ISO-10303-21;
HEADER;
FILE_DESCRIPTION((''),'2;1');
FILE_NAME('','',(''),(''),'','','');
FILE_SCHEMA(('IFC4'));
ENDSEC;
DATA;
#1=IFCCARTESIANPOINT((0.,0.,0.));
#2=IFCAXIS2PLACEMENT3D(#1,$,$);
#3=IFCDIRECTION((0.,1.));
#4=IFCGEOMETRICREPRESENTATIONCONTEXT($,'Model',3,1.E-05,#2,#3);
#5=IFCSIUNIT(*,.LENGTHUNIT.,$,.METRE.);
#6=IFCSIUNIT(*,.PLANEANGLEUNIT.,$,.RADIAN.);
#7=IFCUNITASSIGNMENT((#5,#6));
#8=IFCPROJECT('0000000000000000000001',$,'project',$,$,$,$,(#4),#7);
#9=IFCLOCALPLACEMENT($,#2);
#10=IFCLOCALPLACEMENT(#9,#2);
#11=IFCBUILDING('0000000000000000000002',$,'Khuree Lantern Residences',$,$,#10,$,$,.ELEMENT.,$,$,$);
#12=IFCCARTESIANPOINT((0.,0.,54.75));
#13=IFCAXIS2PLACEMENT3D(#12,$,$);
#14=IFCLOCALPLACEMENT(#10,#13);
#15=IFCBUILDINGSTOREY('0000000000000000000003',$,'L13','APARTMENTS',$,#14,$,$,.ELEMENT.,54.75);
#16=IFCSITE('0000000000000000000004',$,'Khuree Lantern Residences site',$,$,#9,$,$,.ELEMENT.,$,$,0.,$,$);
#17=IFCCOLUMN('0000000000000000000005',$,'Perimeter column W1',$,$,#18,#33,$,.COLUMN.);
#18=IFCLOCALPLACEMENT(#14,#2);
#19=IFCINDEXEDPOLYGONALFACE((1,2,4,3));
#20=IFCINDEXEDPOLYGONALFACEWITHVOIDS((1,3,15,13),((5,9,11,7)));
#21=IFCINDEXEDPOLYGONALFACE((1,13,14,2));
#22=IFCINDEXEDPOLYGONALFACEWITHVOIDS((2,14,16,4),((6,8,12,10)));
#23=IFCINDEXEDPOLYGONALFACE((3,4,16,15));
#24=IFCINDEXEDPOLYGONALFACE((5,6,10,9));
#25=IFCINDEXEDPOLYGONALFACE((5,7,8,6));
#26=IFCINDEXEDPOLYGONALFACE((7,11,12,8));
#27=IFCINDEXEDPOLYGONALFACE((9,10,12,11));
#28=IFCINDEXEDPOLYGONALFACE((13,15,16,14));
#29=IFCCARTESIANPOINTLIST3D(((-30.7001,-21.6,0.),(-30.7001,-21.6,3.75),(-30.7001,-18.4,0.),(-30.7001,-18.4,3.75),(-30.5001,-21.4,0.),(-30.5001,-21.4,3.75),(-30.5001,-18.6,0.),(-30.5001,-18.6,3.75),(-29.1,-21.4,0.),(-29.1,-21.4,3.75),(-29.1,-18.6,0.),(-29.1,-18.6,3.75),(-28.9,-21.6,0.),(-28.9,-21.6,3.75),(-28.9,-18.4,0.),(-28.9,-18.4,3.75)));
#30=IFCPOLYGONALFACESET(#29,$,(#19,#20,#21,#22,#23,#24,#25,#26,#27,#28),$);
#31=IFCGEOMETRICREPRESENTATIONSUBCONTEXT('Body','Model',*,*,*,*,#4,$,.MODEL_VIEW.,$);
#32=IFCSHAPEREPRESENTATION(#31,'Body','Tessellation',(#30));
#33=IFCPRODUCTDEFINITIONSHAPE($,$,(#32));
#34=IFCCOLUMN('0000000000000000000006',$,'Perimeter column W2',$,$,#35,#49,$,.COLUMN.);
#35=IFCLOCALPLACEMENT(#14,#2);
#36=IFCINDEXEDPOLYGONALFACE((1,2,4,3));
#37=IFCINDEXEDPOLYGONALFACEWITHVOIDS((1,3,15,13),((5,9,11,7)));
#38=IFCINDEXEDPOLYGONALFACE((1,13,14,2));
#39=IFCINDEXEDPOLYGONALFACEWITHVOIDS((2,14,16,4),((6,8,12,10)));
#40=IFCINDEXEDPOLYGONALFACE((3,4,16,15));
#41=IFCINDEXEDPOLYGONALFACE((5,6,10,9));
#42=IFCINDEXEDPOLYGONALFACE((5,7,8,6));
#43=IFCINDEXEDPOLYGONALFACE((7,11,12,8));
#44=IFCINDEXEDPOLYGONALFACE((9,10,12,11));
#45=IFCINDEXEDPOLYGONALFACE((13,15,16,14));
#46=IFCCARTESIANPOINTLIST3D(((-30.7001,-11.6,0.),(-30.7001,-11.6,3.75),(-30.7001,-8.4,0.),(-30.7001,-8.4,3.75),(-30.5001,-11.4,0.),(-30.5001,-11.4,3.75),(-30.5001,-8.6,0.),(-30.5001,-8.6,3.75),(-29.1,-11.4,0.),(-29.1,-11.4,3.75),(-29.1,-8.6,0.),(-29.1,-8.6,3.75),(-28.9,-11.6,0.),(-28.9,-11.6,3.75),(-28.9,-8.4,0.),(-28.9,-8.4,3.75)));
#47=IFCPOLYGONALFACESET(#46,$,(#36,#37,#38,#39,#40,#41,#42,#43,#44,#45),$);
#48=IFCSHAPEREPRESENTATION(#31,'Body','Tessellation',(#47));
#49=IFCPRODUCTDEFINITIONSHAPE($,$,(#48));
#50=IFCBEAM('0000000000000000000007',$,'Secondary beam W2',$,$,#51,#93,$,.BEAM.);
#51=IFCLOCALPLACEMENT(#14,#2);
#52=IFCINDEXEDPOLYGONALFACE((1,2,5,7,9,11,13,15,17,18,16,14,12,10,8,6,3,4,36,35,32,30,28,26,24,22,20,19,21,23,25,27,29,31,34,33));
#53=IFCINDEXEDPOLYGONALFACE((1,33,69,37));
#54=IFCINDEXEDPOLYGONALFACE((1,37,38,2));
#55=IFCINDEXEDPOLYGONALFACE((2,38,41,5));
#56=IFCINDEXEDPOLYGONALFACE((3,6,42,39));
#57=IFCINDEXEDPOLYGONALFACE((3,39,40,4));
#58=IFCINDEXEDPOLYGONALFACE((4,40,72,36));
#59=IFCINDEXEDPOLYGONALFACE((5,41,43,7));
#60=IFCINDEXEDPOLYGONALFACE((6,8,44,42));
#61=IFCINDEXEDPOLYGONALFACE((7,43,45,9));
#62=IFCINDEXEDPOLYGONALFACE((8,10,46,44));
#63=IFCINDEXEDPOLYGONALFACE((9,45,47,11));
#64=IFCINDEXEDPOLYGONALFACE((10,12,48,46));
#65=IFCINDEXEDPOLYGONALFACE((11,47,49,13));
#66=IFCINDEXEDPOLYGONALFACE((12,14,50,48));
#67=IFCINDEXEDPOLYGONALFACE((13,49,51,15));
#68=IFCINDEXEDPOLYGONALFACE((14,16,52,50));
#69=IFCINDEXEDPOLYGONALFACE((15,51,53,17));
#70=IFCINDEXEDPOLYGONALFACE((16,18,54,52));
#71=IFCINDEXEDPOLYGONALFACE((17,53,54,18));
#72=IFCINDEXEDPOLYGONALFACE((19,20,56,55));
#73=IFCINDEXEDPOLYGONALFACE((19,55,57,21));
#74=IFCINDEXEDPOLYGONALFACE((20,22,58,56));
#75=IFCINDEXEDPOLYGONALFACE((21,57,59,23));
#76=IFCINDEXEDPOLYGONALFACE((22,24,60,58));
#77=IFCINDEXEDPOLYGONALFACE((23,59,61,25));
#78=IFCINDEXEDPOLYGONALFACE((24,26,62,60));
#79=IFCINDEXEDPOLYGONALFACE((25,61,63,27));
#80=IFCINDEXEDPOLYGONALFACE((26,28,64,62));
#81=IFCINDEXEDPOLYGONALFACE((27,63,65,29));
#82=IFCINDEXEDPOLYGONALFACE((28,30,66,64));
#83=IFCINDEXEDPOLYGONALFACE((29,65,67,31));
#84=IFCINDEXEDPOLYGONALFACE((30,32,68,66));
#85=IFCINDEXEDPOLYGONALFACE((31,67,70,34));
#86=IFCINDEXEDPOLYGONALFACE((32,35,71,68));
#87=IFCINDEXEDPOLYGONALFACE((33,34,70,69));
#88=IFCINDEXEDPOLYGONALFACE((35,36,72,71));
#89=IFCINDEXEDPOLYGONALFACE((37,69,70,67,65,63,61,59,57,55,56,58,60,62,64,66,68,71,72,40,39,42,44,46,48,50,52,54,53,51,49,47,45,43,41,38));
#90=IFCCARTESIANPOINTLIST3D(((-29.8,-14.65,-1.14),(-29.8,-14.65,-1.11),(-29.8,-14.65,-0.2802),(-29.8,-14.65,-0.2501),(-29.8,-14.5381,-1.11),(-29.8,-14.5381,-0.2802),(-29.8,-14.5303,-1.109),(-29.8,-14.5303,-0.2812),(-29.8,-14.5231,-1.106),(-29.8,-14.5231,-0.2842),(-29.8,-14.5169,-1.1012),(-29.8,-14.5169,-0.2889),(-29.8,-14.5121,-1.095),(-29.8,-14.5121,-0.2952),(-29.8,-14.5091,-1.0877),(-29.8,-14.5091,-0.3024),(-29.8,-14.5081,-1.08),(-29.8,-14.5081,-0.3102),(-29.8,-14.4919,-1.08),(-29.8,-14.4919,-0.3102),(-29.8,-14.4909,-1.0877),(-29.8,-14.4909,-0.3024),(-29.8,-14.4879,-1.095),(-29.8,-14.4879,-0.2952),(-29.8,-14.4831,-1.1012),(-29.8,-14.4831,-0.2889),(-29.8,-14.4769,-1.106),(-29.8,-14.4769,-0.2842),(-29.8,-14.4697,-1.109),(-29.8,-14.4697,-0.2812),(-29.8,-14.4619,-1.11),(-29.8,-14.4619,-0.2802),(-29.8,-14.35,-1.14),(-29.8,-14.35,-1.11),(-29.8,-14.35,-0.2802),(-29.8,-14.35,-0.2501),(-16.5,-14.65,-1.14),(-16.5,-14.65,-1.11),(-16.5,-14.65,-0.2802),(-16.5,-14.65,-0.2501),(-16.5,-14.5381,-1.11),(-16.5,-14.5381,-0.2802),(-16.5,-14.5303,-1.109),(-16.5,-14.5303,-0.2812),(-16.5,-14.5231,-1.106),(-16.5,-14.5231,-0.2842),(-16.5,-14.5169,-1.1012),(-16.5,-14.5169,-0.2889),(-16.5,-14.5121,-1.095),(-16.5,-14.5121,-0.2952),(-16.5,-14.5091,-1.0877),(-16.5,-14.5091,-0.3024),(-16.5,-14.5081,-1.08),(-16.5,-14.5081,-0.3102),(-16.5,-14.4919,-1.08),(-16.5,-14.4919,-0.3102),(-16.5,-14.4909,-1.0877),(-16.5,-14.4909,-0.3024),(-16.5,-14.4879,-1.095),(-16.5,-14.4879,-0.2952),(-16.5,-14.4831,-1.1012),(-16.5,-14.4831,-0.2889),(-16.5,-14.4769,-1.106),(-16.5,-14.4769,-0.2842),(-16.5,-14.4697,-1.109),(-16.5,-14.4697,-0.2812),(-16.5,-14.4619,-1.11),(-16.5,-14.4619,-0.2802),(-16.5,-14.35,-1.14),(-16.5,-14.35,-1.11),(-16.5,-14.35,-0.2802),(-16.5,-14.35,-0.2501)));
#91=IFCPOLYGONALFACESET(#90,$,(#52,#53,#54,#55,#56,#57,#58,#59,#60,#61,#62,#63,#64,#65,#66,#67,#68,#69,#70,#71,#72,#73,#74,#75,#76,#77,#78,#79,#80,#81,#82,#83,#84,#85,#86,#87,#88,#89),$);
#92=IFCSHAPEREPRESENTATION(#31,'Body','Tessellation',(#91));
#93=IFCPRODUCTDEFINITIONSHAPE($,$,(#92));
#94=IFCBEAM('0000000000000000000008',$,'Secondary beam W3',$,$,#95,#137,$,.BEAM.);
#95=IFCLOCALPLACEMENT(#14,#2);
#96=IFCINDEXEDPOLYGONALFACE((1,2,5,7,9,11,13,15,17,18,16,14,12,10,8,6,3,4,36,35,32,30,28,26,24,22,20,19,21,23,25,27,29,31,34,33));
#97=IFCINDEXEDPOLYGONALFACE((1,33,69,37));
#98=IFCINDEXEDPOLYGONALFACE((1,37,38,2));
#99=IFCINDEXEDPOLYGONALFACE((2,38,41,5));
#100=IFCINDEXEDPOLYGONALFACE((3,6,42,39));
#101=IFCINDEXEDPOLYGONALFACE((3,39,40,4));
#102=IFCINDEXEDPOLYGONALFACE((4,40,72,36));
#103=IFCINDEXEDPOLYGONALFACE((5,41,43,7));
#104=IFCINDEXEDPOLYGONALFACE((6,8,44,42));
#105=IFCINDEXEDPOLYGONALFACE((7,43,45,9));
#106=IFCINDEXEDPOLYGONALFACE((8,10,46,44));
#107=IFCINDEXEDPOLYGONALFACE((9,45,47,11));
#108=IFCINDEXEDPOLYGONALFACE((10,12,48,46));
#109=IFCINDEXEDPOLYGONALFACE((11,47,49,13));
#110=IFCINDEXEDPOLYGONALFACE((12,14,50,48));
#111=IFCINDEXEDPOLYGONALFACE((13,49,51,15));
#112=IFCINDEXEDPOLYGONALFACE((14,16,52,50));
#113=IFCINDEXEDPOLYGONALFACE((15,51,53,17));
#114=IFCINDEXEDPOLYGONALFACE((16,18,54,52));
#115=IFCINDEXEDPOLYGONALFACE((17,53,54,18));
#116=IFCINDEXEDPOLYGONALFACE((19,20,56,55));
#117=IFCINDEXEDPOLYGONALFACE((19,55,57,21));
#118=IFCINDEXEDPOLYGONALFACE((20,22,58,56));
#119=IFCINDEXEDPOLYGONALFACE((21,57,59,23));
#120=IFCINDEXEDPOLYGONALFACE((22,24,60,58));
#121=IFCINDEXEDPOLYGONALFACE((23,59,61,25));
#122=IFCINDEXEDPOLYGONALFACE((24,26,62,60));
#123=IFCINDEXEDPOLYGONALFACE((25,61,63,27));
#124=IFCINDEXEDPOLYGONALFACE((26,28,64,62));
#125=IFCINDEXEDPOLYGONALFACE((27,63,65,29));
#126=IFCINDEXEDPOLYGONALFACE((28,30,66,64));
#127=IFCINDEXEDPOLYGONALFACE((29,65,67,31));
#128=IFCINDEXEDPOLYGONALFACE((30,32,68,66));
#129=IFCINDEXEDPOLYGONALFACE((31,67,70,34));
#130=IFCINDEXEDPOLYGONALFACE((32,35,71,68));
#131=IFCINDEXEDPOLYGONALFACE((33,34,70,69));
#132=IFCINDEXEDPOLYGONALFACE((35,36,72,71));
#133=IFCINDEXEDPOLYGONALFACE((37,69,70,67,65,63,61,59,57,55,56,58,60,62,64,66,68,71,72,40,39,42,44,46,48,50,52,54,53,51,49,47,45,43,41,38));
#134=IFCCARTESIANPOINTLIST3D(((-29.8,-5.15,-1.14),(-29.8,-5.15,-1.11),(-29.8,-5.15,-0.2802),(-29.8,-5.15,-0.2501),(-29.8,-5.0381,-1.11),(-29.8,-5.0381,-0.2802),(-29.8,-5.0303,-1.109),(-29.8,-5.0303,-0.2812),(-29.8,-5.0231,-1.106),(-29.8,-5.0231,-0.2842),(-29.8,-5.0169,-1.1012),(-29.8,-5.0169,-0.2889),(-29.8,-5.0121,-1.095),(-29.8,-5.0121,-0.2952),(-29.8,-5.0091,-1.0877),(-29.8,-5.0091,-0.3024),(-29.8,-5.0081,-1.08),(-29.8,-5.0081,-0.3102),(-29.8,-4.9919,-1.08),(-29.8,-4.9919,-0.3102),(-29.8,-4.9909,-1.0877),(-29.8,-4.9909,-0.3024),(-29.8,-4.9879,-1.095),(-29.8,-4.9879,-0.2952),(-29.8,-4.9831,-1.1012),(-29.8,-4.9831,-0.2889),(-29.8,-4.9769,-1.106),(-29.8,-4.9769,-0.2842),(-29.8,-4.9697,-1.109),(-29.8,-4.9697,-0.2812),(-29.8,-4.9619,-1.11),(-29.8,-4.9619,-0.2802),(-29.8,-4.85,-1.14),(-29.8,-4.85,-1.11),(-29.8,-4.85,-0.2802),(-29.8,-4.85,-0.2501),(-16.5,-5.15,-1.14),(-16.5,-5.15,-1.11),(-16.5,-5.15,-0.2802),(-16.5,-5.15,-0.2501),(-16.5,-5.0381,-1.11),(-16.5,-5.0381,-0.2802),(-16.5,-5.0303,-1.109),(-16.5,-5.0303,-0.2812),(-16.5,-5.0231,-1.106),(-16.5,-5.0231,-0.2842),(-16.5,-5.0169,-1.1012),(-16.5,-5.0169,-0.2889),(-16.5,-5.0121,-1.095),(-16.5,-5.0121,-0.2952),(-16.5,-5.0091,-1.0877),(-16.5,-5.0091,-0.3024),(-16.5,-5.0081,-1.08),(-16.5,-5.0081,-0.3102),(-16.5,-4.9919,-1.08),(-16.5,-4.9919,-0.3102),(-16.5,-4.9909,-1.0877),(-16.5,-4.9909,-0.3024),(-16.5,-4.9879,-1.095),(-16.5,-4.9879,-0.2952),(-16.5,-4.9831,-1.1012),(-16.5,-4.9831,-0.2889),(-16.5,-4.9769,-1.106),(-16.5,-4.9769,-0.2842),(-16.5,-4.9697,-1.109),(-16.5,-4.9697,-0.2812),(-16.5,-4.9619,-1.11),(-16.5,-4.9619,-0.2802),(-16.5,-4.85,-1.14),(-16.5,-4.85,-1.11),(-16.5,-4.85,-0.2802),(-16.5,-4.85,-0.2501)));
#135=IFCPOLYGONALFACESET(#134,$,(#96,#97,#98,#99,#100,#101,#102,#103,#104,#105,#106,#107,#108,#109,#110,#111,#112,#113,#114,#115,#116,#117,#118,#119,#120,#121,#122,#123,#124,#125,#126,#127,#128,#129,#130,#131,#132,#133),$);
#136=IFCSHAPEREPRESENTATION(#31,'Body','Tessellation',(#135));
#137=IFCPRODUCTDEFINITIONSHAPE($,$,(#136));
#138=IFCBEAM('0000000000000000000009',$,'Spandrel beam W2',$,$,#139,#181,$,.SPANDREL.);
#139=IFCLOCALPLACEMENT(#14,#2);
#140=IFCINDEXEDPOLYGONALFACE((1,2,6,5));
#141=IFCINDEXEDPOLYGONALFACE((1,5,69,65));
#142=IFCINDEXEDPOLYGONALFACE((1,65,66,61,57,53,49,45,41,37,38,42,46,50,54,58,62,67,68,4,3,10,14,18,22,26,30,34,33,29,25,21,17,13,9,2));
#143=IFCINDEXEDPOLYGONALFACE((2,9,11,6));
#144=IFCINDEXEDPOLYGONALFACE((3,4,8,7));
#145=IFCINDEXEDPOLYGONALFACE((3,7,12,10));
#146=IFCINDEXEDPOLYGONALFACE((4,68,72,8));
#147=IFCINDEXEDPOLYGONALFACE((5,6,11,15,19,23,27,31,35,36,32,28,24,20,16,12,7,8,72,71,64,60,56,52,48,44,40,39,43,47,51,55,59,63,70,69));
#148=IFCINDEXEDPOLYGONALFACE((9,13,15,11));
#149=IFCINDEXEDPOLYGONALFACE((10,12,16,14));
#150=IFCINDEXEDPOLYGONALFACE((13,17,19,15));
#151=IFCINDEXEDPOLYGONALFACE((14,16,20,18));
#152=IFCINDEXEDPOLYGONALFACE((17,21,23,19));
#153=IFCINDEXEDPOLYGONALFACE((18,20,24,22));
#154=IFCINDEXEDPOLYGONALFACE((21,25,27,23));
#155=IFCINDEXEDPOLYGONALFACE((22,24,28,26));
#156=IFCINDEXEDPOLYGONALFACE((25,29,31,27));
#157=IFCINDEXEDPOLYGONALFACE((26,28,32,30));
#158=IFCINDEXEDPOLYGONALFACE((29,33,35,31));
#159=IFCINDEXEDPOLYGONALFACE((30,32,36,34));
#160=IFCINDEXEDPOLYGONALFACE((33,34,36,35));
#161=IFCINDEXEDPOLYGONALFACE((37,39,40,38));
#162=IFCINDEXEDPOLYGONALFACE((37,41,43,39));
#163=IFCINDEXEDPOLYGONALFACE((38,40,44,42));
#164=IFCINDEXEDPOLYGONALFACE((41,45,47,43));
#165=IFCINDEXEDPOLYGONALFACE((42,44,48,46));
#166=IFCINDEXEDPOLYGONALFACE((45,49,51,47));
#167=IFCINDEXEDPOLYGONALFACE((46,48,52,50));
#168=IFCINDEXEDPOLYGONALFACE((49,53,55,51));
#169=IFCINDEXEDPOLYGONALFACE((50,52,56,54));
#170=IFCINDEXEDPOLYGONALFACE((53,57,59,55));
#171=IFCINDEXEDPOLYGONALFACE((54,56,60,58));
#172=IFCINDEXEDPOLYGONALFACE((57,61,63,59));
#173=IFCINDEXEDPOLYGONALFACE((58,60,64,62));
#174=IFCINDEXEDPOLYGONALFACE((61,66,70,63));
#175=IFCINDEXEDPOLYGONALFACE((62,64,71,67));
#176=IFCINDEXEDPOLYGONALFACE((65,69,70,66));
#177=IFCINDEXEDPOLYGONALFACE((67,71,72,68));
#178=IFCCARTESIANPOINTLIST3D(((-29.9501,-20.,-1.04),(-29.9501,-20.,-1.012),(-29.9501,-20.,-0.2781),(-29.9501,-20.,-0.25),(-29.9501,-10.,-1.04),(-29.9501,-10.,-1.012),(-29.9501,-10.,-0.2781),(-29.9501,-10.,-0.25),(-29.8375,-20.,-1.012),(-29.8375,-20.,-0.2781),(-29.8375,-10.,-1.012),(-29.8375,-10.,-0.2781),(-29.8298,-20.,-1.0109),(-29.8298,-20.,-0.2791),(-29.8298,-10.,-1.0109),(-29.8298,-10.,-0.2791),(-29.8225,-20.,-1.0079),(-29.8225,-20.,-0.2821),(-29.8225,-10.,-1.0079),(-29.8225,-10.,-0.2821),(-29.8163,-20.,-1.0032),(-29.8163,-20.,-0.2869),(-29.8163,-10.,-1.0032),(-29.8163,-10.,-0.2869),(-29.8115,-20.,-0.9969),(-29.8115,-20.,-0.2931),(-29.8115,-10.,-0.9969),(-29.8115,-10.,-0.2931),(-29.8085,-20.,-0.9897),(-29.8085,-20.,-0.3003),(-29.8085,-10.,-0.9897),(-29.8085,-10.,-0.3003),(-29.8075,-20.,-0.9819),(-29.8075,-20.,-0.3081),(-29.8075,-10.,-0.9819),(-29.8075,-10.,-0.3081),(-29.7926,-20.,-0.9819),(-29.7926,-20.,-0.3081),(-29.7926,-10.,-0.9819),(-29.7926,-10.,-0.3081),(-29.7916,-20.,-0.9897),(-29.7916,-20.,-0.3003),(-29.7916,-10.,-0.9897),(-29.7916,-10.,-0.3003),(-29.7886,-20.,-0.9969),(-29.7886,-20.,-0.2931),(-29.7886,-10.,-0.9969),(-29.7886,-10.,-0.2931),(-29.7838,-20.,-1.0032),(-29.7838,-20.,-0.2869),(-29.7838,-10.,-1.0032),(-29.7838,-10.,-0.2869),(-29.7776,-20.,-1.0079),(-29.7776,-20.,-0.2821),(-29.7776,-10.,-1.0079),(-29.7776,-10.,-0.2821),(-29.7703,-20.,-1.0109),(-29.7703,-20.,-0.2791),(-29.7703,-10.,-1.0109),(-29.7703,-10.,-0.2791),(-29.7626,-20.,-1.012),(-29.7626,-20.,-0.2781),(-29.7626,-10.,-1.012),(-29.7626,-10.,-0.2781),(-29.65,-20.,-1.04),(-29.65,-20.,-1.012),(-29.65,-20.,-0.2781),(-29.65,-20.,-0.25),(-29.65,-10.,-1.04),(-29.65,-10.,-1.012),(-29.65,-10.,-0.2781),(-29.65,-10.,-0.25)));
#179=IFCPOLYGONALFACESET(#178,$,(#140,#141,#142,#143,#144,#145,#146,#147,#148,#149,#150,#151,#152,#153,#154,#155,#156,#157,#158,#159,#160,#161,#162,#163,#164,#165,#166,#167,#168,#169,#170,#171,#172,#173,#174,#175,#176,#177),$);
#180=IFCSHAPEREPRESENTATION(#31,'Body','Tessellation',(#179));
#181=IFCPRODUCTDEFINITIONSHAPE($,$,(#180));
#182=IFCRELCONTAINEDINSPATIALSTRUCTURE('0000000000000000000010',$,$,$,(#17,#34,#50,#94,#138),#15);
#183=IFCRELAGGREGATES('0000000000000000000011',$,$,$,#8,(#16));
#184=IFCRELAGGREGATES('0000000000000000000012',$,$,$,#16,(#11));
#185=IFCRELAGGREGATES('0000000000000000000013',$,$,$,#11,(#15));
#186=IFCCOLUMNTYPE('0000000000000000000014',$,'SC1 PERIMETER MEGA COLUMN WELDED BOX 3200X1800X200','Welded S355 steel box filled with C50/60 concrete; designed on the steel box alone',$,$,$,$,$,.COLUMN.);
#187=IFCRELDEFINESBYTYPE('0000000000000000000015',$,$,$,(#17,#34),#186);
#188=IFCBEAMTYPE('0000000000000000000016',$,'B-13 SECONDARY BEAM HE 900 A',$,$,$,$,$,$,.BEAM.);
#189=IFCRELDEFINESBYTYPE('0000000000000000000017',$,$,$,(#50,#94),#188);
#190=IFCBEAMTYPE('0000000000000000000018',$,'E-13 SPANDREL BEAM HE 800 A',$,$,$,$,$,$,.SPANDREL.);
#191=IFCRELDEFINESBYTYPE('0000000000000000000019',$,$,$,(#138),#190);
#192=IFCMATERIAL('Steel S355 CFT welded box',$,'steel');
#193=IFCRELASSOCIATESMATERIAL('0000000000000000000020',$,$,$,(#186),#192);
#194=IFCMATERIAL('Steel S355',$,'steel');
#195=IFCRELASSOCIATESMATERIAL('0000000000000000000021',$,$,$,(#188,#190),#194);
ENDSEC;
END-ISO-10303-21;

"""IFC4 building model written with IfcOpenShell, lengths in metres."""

from ifc_helpers import new_model, si_unit, direction, frame, origin, origin_2d, place, context, subcontext, project, spatial, hollow_rectangle, i_section, extrude, material, material_profile, profile_set, type_object, element, save


model = new_model("IFC4")

# Units and contexts
model_context = context("Model", 3, precision=1e-05, world=origin(), true_north=direction((0.0, 1.0)))
body_context = subcontext(model_context, "Body", "Model", "MODEL_VIEW")
ifc_project = project(units=[si_unit("LENGTHUNIT", "METRE"), si_unit("PLANEANGLEUNIT", "RADIAN")], contexts=[model_context])

# Site, building, storey
site_placement = place(None, origin())
site = spatial("IfcSite", under=ifc_project, at=site_placement, Name="Khuree Lantern Residences site", CompositionType="ELEMENT", RefElevation=0.0)
building_placement = place(site_placement, origin())
building = spatial("IfcBuilding", under=site, at=building_placement, Name="Khuree Lantern Residences", CompositionType="ELEMENT")
storey_placement = place(building_placement, frame((0.0, 0.0, 54.75)))
storey = spatial("IfcBuildingStorey", under=building, at=storey_placement, Name="L13", Description="APARTMENTS", CompositionType="ELEMENT", Elevation=54.75)

# Columns
ifc_material_1 = material(Name="Steel S355 CFT welded box", Category="steel")
ifc_material_profile_1 = material_profile(ifc_material_1, hollow_rectangle(XDim=3.2, YDim=1.8, WallThickness=0.2, at=origin_2d()), Name="WELDED BOX 3200X1800X200")
ifc_profile_set_1 = profile_set([ifc_material_profile_1], Name="Steel S355 CFT welded box")
column_type = type_object("IfcColumnType", Name="SC1 PERIMETER MEGA COLUMN WELDED BOX 3200X1800X200", Description="Welded S355 steel box filled with C50/60 concrete; designed on the steel box alone", PredefinedType="COLUMN", material=ifc_profile_set_1)
for number, where, z_axis, x_axis, name in (
    (1, (-29.8, -20.0, 0.0), (0.0, 0.0, 1.0), (0.0, 1.0, 0.0), "Perimeter column W1"),
    (2, (-29.8, -10.0, 0.0), (0.0, 0.0, 1.0), (0.0, 1.0, 0.0), "Perimeter column W2"),
):
    element("IfcColumn", number, at=place(storey_placement, frame(where, z_axis=z_axis, x_axis=x_axis)), inside=storey, type_object=column_type, Name=name, PredefinedType="COLUMN", context=body_context, shape_type="SweptSolid", body=[
        extrude(hollow_rectangle(XDim=3.2, YDim=1.8, WallThickness=0.2, at=origin_2d()), origin(), (0.0, 0.0, 1.0), 3.75),
    ])

# Beams
ifc_material_2 = material(Name="Steel S355", Category="steel")
ifc_material_profile_2 = material_profile(ifc_material_2, i_section(OverallWidth=0.3, OverallDepth=0.8899, WebThickness=0.0161, FlangeThickness=0.03, FilletRadius=0.03, at=origin_2d()), Name="HE 900 A")
ifc_profile_set_2 = profile_set([ifc_material_profile_2], Name="Steel S355")
beam_type_1 = type_object("IfcBeamType", Name="B-13 SECONDARY BEAM HE 900 A", PredefinedType="BEAM", material=ifc_profile_set_2)
for number, where, z_axis, x_axis, name in (
    (3, (-29.8, -14.5, -0.6951), (1.0, 0.0, 0.0), (0.0, 1.0, 0.0), "Secondary beam W2"),
    (4, (-29.8, -5.0, -0.6951), (1.0, 0.0, 0.0), (0.0, 1.0, 0.0), "Secondary beam W3"),
):
    element("IfcBeam", number, at=place(storey_placement, frame(where, z_axis=z_axis, x_axis=x_axis)), inside=storey, type_object=beam_type_1, Name=name, PredefinedType="BEAM", context=body_context, shape_type="SweptSolid", body=[
        extrude(i_section(OverallWidth=0.3, OverallDepth=0.8899, WebThickness=0.0161, FlangeThickness=0.03, FilletRadius=0.03, at=origin_2d()), origin(), (0.0, 0.0, 1.0), 13.3),
    ])
ifc_material_profile_3 = material_profile(ifc_material_2, i_section(OverallWidth=0.3, OverallDepth=0.79, WebThickness=0.0149, FlangeThickness=0.0281, FilletRadius=0.03, at=origin_2d()), Name="HE 800 A")
ifc_profile_set_3 = profile_set([ifc_material_profile_3], Name="Steel S355")
beam_type_2 = type_object("IfcBeamType", Name="E-13 SPANDREL BEAM HE 800 A", PredefinedType="SPANDREL", material=ifc_profile_set_3)
for number, where, z_axis, x_axis, name in (
    (5, (-29.8, -20.0, -0.645), (0.0, 1.0, 0.0), (-1.0, 0.0, 0.0), "Spandrel beam W2"),
):
    element("IfcBeam", number, at=place(storey_placement, frame(where, z_axis=z_axis, x_axis=x_axis)), inside=storey, type_object=beam_type_2, Name=name, PredefinedType="SPANDREL", context=body_context, shape_type="SweptSolid", body=[
        extrude(i_section(OverallWidth=0.3, OverallDepth=0.79, WebThickness=0.0149, FlangeThickness=0.0281, FilletRadius=0.03, at=origin_2d()), origin(), (0.0, 0.0, 1.0), 10.0),
    ])

save(model, "model.ifc")
